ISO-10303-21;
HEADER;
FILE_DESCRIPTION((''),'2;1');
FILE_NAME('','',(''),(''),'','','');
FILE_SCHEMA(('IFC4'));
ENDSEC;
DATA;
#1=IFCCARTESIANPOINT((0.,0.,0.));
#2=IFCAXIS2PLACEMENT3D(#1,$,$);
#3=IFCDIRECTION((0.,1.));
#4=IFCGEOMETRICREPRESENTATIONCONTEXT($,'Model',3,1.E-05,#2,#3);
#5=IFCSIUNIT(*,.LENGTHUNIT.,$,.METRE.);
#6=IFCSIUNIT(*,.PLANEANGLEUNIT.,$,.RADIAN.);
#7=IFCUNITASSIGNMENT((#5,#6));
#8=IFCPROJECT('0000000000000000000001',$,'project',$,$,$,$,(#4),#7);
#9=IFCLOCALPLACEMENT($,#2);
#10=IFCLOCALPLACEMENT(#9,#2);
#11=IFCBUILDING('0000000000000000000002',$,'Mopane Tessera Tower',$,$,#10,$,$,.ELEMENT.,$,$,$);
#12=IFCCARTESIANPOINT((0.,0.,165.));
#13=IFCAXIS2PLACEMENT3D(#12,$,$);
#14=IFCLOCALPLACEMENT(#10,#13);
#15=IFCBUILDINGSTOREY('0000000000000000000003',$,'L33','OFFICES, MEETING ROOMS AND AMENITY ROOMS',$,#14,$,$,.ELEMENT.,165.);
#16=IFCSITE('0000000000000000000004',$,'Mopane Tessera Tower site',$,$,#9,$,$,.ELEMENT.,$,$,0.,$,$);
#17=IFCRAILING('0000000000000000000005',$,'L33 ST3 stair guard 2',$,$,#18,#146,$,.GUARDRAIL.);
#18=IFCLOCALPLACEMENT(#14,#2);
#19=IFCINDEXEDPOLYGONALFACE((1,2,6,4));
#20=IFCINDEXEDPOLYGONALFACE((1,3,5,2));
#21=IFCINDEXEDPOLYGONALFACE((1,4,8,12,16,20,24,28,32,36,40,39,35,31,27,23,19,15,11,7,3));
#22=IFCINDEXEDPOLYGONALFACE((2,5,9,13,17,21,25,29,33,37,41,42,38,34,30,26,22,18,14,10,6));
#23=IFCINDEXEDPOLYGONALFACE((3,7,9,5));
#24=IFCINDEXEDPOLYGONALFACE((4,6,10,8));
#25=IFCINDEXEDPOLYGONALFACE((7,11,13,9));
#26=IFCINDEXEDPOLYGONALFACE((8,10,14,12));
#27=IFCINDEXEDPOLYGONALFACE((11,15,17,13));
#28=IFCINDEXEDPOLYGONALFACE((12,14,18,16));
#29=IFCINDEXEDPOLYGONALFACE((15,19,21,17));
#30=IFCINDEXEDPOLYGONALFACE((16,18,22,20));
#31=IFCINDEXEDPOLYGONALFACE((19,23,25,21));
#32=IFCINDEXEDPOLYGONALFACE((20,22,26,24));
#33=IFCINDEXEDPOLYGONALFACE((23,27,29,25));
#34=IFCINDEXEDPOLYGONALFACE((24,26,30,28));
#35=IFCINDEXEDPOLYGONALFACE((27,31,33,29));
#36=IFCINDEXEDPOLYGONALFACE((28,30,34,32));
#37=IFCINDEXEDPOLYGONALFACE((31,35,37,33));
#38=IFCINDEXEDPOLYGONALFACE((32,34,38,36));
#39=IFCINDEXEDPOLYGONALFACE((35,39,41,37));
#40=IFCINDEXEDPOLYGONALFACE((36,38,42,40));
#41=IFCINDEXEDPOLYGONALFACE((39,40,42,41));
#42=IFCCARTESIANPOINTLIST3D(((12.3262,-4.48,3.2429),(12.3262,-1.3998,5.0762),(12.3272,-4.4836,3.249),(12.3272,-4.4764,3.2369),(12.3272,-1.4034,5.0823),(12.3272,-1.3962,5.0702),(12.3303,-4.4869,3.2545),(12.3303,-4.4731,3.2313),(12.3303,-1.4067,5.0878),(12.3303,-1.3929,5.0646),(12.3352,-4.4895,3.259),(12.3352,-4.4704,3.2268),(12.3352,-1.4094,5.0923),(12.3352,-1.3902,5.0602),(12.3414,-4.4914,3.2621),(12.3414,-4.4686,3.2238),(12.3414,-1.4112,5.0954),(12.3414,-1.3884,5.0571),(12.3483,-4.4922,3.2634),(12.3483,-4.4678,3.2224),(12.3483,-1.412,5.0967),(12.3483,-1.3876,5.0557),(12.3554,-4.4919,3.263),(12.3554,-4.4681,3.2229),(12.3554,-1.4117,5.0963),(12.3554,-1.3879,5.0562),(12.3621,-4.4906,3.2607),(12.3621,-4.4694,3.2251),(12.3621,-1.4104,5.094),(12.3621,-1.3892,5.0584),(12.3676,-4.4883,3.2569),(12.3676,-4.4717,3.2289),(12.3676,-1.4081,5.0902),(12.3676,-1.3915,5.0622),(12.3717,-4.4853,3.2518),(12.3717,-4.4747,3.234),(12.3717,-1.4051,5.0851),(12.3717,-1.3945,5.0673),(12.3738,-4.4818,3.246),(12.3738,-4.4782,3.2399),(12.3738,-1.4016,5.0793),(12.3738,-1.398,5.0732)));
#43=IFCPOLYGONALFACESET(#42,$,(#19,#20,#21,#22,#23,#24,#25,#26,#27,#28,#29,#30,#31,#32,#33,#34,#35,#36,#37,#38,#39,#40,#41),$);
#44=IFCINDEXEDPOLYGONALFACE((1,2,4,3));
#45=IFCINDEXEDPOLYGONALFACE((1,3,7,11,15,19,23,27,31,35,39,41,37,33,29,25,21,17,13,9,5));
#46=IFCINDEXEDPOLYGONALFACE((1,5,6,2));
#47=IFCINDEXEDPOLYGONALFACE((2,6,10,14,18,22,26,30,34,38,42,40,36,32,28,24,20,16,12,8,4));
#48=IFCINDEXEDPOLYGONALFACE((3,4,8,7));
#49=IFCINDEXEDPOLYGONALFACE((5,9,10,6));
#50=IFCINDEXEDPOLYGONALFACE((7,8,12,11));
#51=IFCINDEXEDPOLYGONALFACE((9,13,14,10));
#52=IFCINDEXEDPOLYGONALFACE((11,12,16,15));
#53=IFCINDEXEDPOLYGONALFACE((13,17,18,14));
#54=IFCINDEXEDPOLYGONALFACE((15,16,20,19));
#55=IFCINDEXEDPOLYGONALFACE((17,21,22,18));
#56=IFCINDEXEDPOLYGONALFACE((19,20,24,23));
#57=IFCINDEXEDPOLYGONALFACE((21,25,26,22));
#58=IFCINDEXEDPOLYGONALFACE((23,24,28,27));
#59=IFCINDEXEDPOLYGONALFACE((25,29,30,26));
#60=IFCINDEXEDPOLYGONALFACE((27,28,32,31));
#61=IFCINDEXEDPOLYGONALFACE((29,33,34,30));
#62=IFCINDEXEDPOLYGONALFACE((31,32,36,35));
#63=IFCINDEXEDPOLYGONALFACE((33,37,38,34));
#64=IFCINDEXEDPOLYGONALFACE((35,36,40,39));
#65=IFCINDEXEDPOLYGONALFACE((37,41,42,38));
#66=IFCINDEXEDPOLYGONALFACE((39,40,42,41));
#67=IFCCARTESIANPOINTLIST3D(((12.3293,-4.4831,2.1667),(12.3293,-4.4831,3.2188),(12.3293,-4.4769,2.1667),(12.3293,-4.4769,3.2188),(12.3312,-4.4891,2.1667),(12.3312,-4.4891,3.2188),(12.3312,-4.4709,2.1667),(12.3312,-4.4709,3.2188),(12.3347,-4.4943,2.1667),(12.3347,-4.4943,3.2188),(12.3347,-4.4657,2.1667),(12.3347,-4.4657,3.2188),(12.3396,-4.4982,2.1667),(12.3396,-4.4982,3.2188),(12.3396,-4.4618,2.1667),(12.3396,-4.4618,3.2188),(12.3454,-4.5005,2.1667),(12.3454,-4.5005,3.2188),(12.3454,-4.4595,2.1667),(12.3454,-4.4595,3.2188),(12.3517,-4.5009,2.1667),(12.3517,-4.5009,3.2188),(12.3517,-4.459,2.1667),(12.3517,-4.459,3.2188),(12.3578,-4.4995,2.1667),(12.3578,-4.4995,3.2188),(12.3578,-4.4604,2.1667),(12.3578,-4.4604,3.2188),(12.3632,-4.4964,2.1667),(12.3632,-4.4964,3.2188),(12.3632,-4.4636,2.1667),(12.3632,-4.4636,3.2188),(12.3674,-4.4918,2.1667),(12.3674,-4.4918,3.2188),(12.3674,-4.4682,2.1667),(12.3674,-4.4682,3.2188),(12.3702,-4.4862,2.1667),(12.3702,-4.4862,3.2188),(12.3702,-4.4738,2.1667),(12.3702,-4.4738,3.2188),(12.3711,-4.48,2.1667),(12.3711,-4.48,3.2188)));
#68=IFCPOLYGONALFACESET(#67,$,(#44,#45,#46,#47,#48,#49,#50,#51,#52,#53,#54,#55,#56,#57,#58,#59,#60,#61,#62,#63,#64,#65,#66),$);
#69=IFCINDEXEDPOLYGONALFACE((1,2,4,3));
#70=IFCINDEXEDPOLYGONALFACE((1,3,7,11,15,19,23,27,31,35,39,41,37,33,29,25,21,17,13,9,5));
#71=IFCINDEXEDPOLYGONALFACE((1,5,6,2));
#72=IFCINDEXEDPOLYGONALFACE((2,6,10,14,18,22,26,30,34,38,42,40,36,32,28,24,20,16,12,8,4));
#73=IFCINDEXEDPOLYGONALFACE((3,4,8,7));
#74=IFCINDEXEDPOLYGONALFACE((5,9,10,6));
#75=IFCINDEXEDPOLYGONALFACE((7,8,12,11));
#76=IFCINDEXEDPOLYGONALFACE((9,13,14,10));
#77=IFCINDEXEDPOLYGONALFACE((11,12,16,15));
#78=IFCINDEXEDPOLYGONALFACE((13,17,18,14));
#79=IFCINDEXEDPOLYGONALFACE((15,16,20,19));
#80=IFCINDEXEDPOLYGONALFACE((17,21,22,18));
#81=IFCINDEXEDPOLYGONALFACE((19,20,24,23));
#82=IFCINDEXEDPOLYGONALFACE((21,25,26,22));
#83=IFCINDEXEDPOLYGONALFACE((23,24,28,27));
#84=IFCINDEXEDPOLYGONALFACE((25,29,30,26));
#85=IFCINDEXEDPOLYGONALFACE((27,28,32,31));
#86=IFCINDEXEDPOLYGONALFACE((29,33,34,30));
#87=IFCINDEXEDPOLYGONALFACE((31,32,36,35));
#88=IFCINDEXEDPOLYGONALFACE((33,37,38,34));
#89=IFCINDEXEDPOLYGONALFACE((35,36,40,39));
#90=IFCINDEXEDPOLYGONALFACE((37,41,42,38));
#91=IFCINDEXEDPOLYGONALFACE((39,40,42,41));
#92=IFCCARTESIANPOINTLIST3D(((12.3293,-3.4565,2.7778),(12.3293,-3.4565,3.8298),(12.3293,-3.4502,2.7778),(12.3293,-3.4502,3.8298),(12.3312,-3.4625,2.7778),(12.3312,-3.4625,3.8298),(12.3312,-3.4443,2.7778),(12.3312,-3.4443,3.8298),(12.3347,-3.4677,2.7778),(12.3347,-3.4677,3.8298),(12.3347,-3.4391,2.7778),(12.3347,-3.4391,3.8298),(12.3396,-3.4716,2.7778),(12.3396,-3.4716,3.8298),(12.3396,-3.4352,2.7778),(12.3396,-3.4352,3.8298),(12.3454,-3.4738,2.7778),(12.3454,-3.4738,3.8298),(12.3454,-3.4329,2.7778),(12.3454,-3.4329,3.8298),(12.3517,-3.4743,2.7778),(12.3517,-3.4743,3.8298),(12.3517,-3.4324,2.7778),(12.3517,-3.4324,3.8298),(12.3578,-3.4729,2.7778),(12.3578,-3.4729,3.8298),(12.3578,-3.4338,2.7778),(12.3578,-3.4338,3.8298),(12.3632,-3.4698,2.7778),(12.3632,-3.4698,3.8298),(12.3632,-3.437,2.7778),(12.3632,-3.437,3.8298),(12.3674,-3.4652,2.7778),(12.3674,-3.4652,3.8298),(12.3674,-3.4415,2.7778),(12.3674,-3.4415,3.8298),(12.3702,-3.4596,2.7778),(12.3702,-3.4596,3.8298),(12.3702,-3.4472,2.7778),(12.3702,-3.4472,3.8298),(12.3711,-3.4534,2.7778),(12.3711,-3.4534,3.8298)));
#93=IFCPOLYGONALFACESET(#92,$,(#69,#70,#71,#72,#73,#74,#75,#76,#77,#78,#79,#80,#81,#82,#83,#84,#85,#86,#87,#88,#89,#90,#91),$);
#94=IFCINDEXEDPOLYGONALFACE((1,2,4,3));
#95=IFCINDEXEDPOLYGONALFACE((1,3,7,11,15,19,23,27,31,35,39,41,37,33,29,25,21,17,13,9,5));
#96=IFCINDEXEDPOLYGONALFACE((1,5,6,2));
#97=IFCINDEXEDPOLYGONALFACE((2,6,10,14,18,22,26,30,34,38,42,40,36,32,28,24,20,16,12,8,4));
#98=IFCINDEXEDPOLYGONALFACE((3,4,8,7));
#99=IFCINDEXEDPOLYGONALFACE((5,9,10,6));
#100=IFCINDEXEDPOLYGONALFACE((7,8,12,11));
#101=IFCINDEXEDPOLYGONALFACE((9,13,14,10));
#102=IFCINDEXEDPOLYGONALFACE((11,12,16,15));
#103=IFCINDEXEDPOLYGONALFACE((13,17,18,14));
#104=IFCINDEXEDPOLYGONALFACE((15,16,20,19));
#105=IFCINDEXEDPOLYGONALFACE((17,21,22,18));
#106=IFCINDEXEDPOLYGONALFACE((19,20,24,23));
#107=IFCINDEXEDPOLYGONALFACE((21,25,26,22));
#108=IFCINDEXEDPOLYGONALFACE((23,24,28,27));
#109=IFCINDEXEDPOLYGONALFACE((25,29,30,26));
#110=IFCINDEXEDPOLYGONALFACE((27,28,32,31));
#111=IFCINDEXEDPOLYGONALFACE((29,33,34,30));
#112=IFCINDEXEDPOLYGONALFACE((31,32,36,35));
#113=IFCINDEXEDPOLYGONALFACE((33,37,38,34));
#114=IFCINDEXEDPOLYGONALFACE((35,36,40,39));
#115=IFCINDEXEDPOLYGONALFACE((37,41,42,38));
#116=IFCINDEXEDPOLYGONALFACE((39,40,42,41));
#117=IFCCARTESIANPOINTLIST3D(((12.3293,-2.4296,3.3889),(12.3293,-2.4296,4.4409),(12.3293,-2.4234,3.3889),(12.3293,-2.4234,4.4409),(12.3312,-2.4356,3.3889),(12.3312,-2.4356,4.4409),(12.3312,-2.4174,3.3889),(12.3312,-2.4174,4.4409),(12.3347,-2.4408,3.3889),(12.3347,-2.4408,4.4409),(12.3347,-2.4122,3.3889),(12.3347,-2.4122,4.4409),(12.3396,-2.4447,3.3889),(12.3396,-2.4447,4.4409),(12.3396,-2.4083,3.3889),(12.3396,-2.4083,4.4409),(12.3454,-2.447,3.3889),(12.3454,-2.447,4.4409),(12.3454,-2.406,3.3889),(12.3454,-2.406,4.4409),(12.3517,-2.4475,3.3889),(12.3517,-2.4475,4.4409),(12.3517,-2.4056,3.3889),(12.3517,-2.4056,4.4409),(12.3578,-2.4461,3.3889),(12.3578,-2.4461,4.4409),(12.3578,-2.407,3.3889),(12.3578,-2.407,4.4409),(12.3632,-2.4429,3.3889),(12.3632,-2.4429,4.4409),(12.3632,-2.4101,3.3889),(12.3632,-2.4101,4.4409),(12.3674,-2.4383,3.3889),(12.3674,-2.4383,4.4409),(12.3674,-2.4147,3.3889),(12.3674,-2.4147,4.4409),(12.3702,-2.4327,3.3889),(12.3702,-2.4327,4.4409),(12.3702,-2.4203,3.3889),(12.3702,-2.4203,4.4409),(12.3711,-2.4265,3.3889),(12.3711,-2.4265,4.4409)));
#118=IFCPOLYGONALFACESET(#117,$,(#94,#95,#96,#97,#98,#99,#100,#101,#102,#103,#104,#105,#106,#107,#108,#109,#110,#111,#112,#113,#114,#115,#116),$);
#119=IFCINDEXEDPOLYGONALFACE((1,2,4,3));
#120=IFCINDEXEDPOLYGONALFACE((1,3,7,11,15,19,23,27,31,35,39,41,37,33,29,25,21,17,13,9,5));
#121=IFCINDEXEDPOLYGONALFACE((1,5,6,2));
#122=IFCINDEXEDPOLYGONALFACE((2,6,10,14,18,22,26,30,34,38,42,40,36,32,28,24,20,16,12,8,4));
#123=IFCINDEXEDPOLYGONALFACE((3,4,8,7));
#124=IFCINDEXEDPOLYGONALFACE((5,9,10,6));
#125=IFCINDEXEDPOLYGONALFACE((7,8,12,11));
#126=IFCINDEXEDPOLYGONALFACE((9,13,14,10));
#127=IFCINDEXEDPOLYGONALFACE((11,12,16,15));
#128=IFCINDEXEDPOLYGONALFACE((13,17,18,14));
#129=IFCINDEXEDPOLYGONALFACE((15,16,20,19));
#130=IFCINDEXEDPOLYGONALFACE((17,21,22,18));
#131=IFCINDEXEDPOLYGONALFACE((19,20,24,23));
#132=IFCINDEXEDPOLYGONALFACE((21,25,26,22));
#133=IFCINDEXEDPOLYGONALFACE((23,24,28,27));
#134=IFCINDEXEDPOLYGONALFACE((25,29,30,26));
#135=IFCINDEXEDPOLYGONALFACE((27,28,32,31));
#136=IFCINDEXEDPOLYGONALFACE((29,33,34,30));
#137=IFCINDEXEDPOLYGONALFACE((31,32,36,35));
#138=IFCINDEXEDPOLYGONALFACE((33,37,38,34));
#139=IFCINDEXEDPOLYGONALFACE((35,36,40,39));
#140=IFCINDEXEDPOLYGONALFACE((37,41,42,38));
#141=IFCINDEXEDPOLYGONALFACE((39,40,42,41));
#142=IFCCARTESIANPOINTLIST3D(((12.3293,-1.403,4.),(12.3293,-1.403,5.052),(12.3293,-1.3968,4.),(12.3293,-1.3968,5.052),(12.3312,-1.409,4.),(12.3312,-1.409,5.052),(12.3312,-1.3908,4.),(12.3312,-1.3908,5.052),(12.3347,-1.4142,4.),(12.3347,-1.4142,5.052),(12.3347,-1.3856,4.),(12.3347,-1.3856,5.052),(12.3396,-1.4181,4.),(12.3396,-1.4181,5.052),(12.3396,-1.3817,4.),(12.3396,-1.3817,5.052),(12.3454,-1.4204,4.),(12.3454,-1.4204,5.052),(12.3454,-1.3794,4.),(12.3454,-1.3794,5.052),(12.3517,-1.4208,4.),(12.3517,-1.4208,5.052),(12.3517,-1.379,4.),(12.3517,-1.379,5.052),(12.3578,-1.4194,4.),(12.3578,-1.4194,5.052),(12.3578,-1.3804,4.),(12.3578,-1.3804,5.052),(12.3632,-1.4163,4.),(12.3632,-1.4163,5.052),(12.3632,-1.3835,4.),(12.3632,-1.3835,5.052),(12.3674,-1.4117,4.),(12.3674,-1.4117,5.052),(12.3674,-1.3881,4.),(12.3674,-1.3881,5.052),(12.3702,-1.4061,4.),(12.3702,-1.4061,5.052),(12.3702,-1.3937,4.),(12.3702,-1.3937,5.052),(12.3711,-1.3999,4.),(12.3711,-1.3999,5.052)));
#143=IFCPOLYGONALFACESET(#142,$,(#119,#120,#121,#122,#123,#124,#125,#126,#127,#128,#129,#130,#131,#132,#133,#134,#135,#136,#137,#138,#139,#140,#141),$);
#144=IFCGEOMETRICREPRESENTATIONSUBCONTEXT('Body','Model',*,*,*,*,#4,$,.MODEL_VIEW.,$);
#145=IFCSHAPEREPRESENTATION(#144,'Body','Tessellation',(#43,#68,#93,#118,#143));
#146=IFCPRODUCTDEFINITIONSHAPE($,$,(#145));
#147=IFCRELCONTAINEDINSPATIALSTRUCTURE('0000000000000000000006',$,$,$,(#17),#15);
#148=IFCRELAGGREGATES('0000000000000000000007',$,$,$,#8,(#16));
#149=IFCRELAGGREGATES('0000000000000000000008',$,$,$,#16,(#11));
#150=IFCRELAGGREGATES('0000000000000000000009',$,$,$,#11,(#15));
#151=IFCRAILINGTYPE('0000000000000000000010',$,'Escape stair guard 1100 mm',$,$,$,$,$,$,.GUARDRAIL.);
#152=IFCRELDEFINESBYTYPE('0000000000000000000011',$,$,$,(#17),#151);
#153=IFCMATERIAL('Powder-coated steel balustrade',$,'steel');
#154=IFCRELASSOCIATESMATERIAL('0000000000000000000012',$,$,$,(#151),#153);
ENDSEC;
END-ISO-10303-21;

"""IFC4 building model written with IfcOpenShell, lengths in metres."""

from ifc_helpers import new_model, si_unit, direction, frame, origin, origin_2d, place, context, subcontext, project, spatial, circle, extrude, material, type_object, element, save


model = new_model("IFC4")

# Units and contexts
model_context = context("Model", 3, precision=1e-05, world=origin(), true_north=direction((0.0, 1.0)))
body_context = subcontext(model_context, "Body", "Model", "MODEL_VIEW")
ifc_project = project(units=[si_unit("LENGTHUNIT", "METRE"), si_unit("PLANEANGLEUNIT", "RADIAN")], contexts=[model_context])

# Site, building, storey
site_placement = place(None, origin())
site = spatial("IfcSite", under=ifc_project, at=site_placement, Name="Mopane Tessera Tower site", CompositionType="ELEMENT", RefElevation=0.0)
building_placement = place(site_placement, origin())
building = spatial("IfcBuilding", under=site, at=building_placement, Name="Mopane Tessera Tower", CompositionType="ELEMENT")
storey_placement = place(building_placement, frame((0.0, 0.0, 165.0)))
storey = spatial("IfcBuildingStorey", under=building, at=storey_placement, Name="L33", Description="OFFICES, MEETING ROOMS AND AMENITY ROOMS", CompositionType="ELEMENT", Elevation=165.0)

# Railing
ifc_material_1 = material(Name="Powder-coated steel balustrade", Category="steel")
railing_type_1 = type_object("IfcRailingType", Name="Escape stair guard 1100 mm", PredefinedType="GUARDRAIL", material=ifc_material_1)
railing_1_placement = place(storey_placement, frame((12.3501, -4.48, 2.1667)))
element("IfcRailing", 1, at=railing_1_placement, inside=storey, type_object=railing_type_1, Name="L33 ST3 stair guard 2", PredefinedType="GUARDRAIL", context=body_context, shape_type="SweptSolid", body=[
    extrude(circle(Radius=0.0239, at=origin_2d()), frame((0.0, 0.0, 1.0762), z_axis=(0.0, 0.859309, 0.511458), x_axis=(-1.0, 0.0, 0.0)), (0.0, 0.0, 1.0), 3.5845),
    extrude(circle(Radius=0.021, at=origin_2d()), origin(), (0.0, 0.0, 1.0), 1.052),
    extrude(circle(Radius=0.021, at=origin_2d()), frame((0.0, 1.0266, 0.6111)), (0.0, 0.0, 1.0), 1.052),
    extrude(circle(Radius=0.021, at=origin_2d()), frame((0.0, 2.0535, 1.2222)), (0.0, 0.0, 1.0), 1.052),
    extrude(circle(Radius=0.021, at=origin_2d()), frame((0.0, 3.0801, 1.8333)), (0.0, 0.0, 1.0), 1.052),
])

save(model, "model.ifc")
